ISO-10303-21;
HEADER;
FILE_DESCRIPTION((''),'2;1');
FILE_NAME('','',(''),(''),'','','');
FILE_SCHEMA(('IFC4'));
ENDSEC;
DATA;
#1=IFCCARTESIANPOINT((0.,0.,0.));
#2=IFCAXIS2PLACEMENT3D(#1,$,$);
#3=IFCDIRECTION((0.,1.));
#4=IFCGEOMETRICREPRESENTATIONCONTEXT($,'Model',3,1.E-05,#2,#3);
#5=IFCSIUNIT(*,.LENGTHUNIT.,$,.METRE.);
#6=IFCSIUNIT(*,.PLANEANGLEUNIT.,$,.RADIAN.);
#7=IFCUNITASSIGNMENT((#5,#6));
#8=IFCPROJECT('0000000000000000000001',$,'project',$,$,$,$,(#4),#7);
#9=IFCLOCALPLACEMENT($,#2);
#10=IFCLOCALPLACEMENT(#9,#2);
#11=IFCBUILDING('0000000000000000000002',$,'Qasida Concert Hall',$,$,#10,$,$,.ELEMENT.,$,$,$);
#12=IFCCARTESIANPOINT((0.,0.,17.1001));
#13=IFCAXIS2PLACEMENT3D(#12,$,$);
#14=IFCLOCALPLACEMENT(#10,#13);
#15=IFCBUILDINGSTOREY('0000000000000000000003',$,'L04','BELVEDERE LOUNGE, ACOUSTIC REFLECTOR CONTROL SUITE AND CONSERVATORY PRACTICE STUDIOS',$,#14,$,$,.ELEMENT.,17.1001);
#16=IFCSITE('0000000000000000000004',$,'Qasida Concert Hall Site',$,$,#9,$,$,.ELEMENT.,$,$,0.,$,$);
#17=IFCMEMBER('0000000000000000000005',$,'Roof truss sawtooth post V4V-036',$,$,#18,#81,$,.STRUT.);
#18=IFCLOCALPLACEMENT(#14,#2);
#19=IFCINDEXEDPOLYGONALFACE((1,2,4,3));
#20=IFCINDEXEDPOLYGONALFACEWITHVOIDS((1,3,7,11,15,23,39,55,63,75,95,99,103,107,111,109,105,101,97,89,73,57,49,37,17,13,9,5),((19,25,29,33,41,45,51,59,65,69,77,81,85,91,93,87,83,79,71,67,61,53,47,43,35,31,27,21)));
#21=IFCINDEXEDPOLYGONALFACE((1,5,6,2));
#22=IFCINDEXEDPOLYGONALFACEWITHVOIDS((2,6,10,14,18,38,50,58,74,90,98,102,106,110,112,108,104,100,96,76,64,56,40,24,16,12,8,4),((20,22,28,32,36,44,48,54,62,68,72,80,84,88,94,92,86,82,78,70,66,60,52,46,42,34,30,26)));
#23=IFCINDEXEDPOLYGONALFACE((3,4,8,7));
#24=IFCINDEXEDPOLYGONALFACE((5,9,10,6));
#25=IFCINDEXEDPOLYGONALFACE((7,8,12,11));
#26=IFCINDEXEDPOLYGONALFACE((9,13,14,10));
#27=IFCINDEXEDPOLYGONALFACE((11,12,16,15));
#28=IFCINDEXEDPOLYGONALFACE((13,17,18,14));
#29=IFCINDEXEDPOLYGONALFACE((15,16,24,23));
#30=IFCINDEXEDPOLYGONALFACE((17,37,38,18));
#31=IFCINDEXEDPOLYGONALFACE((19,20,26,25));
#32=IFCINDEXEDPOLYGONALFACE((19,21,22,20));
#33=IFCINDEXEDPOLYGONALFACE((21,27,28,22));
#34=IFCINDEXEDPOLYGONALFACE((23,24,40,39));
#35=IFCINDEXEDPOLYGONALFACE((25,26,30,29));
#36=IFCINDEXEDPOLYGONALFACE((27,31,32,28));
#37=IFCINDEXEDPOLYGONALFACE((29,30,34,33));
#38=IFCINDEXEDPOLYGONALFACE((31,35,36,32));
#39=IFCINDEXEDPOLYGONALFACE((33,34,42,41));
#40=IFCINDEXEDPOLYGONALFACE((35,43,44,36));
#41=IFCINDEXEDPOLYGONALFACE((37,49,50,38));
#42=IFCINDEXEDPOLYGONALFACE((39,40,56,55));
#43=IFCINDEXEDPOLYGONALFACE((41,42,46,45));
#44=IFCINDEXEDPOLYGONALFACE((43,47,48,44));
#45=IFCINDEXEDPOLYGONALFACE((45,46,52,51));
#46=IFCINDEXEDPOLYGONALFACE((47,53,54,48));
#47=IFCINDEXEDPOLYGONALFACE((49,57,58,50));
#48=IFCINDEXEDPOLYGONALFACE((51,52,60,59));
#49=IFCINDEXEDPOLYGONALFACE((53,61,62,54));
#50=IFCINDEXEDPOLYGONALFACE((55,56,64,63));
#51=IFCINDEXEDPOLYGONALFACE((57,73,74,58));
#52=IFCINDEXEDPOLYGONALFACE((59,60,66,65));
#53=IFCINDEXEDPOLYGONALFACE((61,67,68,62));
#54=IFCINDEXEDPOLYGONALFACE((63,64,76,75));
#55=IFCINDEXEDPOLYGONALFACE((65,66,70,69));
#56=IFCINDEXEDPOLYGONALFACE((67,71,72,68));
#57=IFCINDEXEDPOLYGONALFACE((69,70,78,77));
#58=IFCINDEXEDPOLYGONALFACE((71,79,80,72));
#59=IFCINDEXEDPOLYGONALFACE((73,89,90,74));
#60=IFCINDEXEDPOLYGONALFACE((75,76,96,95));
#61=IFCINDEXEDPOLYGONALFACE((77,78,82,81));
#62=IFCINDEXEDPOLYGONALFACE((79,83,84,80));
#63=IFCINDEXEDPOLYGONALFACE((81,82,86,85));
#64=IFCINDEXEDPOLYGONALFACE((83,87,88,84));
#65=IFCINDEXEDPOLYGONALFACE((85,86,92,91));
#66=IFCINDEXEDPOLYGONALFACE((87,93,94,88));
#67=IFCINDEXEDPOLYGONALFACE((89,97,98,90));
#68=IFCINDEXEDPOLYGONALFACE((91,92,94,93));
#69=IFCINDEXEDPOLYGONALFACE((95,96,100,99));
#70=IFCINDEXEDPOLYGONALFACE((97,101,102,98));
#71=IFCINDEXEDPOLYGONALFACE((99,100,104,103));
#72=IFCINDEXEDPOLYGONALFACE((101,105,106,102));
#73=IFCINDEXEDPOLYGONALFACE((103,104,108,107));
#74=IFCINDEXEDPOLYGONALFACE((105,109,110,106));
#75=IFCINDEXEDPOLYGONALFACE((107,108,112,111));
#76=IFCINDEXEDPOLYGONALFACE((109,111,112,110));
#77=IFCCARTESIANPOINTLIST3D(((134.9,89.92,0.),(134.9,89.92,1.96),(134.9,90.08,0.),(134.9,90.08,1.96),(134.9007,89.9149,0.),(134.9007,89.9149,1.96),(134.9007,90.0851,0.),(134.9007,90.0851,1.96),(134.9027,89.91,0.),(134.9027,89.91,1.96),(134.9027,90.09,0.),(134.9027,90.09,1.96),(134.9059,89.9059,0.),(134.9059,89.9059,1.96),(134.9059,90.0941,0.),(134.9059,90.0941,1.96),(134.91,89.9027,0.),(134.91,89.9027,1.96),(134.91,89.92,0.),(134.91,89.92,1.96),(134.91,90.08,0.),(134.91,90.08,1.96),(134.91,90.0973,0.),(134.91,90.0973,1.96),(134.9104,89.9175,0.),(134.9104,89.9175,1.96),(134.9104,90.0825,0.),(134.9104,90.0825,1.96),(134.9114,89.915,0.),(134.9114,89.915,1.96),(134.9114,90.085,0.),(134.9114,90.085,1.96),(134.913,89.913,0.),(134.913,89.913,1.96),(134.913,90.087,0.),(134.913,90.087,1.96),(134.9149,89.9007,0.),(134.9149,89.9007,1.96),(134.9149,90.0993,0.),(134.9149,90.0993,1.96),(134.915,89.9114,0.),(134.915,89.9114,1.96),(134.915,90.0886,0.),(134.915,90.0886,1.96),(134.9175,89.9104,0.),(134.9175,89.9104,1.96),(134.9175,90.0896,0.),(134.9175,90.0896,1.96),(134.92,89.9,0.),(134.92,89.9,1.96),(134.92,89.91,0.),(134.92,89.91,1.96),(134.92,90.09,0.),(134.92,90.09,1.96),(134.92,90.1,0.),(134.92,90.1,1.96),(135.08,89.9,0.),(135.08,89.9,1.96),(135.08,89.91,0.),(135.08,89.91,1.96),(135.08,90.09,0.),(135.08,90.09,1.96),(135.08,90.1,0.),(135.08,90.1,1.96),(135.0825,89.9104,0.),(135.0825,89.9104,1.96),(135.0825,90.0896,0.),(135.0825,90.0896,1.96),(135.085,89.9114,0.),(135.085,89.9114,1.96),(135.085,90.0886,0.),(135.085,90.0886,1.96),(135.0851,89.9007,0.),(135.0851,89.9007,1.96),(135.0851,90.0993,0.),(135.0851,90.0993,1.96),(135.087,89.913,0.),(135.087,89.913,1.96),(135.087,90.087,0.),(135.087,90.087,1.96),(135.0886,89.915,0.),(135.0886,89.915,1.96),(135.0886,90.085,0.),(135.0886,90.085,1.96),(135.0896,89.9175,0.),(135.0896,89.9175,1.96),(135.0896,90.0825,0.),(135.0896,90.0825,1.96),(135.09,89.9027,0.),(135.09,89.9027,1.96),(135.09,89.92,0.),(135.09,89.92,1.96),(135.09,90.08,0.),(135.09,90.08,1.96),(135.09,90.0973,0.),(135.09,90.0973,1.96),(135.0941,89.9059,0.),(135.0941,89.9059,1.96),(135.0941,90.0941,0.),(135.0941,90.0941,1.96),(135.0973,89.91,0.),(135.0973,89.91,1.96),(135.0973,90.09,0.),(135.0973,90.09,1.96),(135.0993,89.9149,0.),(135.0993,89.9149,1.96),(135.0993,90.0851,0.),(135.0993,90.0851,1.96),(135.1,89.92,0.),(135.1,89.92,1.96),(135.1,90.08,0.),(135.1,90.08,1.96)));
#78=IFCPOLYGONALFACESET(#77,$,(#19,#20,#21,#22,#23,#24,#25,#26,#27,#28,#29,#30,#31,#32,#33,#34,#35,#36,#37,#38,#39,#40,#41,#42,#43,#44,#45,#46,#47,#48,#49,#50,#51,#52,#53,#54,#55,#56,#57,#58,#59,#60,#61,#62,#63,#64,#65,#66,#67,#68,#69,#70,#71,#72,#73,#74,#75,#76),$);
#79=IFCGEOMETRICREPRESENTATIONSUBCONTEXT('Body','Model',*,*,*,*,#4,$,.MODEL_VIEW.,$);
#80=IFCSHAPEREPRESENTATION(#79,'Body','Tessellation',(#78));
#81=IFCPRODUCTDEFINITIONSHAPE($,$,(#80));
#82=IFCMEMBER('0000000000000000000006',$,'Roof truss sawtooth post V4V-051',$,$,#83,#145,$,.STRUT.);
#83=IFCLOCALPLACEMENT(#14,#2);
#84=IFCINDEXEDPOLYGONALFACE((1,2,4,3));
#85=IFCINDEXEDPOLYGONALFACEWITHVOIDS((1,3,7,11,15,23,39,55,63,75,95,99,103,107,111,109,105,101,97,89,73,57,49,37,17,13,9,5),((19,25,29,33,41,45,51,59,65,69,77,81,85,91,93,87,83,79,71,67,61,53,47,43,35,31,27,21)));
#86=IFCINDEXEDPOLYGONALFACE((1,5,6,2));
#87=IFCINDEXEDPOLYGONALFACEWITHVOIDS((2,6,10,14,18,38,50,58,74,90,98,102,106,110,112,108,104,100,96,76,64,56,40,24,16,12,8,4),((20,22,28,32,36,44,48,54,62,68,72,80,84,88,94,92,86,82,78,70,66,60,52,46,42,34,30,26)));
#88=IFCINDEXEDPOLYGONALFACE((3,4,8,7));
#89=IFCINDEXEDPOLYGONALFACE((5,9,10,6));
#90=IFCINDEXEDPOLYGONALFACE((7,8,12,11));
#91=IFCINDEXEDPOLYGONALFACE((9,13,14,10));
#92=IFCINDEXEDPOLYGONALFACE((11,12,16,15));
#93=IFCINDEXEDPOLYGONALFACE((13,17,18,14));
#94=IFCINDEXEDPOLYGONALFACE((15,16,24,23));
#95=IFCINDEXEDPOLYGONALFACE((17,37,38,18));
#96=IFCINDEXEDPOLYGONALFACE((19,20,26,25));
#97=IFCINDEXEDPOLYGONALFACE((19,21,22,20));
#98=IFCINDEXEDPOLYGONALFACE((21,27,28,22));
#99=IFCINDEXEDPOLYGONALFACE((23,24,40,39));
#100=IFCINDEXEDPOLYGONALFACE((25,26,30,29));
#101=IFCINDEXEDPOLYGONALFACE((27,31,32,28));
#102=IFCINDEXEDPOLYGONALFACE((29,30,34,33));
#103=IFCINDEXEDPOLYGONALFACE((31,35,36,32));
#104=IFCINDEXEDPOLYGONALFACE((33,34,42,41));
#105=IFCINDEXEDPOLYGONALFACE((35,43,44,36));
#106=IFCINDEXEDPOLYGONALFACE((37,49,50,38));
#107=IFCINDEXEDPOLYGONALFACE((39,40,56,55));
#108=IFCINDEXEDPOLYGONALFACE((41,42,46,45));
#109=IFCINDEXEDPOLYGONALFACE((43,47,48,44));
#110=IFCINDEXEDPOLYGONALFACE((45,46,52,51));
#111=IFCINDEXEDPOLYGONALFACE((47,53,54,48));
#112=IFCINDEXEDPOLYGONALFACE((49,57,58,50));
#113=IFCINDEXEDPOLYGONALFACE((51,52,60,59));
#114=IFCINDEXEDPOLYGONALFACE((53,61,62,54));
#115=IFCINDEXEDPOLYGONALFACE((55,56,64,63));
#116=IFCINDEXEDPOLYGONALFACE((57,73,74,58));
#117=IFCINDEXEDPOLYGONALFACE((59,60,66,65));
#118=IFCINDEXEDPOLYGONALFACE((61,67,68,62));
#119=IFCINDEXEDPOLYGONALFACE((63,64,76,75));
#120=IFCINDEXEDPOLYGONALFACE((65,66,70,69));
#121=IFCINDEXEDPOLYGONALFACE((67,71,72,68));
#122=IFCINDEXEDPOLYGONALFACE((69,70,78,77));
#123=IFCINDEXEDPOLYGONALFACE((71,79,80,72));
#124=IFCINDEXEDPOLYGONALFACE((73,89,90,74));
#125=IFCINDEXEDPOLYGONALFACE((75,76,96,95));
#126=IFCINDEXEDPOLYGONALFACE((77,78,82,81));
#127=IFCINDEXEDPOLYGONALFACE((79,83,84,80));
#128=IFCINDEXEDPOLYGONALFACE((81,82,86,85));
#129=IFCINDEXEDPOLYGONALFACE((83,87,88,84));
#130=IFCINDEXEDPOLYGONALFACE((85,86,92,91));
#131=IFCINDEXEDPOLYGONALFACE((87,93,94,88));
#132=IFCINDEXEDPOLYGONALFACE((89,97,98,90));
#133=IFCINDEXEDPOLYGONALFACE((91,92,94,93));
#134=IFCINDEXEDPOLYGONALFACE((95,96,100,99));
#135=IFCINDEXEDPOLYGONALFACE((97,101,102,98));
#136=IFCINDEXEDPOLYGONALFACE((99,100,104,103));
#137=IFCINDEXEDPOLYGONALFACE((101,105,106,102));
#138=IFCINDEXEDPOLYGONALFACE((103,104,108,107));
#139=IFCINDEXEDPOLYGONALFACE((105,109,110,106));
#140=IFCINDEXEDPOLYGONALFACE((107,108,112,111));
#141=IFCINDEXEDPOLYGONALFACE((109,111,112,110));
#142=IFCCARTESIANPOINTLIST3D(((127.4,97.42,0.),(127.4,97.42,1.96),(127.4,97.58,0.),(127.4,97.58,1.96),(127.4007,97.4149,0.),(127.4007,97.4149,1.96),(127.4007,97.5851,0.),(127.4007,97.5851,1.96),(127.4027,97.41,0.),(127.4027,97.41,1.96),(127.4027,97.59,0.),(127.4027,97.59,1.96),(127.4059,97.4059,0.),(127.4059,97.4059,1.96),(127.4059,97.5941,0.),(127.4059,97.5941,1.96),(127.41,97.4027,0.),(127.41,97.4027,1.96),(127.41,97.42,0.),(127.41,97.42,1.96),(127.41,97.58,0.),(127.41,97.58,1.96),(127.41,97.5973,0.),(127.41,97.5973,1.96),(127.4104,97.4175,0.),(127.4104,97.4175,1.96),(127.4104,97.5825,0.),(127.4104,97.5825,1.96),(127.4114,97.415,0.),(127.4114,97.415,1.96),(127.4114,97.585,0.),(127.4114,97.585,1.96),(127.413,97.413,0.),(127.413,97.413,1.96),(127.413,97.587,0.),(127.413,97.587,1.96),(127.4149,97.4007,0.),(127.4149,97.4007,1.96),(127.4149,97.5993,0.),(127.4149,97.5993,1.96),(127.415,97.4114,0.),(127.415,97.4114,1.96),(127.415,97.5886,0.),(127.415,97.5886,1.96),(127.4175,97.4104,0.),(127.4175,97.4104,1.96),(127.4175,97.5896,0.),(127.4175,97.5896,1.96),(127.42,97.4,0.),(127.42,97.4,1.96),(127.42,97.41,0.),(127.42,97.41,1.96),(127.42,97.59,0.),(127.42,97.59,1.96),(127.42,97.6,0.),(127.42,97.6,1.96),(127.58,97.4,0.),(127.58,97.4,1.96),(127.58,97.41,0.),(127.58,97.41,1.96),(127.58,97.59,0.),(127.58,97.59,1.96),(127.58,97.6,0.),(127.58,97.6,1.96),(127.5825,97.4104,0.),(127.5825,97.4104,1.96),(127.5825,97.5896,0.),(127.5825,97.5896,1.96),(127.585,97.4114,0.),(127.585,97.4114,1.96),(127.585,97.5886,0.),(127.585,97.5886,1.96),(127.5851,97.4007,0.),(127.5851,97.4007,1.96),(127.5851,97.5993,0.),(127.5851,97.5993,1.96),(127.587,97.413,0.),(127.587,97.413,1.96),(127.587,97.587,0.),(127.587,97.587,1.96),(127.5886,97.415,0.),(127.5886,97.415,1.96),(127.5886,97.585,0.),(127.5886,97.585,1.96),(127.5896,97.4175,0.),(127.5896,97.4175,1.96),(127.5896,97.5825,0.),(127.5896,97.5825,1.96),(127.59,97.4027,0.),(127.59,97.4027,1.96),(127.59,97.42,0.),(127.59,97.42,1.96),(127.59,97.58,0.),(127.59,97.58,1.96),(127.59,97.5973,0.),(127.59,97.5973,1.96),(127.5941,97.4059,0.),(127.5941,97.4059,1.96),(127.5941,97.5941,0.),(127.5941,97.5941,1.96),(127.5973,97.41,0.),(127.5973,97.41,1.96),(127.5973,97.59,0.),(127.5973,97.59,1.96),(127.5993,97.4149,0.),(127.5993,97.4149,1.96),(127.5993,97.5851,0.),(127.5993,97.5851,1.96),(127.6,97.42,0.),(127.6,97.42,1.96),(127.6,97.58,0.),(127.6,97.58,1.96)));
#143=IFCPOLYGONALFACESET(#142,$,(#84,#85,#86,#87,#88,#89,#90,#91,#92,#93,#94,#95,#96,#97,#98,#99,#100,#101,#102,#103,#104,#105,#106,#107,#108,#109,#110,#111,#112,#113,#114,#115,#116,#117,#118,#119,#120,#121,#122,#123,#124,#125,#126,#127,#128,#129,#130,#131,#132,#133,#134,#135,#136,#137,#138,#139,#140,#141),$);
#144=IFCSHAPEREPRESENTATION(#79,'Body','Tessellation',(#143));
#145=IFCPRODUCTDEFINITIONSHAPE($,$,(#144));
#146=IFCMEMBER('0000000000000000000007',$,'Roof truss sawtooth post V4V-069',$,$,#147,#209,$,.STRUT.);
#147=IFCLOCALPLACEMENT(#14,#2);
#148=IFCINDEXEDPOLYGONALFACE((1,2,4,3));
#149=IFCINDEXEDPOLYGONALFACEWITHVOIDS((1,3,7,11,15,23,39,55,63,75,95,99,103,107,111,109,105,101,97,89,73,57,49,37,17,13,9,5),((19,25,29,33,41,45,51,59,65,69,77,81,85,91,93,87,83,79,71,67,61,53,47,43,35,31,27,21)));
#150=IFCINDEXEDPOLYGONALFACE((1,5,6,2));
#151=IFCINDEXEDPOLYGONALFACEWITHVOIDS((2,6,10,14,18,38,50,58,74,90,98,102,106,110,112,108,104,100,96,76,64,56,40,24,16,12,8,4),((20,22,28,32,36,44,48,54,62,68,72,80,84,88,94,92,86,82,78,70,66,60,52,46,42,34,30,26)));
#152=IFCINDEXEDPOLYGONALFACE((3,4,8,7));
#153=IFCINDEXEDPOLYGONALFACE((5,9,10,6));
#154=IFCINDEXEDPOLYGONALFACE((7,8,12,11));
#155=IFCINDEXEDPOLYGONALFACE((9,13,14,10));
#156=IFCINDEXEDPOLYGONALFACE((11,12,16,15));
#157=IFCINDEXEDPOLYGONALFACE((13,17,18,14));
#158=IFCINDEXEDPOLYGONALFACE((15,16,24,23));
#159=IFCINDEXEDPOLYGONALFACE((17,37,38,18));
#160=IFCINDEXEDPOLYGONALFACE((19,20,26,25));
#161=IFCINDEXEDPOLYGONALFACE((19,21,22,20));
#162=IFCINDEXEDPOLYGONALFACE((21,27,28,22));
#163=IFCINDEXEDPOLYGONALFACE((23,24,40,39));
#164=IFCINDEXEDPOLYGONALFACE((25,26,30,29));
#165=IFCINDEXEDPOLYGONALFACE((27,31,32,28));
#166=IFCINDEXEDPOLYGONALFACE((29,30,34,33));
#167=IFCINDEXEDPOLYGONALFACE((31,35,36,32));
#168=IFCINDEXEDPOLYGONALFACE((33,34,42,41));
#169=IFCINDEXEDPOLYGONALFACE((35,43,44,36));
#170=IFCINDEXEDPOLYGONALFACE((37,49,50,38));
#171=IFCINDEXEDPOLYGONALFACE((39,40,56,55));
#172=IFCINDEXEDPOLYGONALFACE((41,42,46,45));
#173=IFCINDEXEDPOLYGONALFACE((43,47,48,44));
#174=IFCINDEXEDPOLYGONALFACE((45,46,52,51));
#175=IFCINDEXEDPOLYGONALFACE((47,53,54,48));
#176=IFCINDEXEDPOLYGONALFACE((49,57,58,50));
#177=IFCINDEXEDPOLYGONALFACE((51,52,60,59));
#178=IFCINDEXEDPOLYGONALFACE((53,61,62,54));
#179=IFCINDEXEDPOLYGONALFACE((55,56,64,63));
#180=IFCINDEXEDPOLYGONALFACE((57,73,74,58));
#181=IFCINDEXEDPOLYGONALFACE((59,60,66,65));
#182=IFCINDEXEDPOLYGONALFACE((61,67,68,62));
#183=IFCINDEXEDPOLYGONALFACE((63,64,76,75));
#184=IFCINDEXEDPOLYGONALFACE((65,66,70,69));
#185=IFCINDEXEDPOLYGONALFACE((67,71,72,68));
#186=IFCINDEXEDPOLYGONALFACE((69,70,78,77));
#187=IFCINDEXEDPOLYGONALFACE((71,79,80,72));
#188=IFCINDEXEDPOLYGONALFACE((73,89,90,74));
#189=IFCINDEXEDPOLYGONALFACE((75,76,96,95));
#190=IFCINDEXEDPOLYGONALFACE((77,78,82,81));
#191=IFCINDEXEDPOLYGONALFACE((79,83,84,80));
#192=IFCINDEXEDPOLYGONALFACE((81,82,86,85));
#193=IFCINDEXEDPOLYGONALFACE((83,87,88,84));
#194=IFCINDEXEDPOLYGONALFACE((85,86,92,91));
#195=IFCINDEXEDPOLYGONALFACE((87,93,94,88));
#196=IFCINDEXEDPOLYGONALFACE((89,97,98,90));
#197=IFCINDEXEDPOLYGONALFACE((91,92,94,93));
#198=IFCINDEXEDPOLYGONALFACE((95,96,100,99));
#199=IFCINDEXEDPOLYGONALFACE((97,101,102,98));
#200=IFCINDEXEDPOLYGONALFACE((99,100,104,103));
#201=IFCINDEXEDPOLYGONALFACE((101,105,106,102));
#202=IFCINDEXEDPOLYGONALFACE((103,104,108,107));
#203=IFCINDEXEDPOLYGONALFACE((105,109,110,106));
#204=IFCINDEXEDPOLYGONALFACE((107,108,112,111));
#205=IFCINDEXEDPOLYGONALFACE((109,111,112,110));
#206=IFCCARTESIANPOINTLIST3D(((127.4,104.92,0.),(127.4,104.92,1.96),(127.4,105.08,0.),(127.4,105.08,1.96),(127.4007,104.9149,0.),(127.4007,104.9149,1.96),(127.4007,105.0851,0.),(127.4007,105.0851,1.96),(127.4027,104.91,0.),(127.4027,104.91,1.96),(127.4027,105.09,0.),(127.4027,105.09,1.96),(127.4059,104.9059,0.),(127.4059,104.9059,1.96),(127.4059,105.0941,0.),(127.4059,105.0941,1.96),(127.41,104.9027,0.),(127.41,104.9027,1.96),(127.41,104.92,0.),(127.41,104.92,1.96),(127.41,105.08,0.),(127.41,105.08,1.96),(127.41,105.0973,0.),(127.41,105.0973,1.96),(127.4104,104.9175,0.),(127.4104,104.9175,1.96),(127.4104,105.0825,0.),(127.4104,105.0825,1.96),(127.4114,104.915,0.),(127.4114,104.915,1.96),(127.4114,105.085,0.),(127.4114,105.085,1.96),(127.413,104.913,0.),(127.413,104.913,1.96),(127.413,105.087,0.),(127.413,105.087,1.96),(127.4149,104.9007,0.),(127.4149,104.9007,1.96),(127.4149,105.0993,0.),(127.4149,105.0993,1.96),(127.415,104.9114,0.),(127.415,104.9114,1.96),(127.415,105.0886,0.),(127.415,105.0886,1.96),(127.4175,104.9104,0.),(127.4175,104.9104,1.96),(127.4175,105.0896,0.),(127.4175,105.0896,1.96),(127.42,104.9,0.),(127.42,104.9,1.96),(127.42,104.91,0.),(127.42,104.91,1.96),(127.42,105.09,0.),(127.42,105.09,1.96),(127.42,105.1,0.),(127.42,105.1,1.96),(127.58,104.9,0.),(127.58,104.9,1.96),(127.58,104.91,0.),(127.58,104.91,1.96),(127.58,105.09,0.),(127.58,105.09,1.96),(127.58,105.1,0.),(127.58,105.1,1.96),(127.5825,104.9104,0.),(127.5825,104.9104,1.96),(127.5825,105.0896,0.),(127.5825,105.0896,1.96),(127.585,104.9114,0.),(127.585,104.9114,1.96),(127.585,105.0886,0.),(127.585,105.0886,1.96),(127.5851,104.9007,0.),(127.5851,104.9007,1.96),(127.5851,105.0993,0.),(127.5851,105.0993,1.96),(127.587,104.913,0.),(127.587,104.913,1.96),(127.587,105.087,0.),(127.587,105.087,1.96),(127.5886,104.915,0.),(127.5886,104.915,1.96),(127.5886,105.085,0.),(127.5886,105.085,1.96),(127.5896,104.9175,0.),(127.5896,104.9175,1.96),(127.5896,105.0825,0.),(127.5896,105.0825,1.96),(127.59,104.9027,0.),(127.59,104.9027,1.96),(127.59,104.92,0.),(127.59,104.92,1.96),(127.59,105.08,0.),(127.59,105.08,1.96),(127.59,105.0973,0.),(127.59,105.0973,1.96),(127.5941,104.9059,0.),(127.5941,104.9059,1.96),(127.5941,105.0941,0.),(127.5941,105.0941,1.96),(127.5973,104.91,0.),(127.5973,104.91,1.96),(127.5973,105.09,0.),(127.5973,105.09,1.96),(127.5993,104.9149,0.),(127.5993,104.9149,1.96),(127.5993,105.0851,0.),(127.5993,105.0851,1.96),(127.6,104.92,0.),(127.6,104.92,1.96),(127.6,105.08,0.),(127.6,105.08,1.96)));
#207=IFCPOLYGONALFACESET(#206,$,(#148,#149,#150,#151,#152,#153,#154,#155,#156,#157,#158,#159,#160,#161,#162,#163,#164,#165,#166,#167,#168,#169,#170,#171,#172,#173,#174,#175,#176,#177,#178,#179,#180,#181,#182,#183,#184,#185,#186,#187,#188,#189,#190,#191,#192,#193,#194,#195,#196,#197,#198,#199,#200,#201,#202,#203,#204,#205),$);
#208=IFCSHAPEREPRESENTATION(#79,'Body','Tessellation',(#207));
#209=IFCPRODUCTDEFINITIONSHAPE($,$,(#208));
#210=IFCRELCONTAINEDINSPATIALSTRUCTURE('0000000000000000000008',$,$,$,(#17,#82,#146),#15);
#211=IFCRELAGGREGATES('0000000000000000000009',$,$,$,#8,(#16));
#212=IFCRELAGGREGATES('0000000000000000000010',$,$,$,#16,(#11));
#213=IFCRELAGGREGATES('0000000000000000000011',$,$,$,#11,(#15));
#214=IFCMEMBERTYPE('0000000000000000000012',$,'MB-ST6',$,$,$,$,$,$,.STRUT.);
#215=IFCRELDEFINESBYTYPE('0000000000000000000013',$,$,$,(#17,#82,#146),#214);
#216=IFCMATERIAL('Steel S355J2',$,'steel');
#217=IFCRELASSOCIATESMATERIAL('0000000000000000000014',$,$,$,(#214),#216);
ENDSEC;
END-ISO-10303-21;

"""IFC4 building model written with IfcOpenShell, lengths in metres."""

from ifc_helpers import new_model, si_unit, direction, frame, origin, origin_2d, place, context, subcontext, project, spatial, hollow_rectangle, extrude, material, material_profile, profile_set, type_object, element, save


model = new_model("IFC4")

# Units and contexts
model_context = context("Model", 3, precision=1e-05, world=origin(), true_north=direction((0.0, 1.0)))
body_context = subcontext(model_context, "Body", "Model", "MODEL_VIEW")
ifc_project = project(units=[si_unit("LENGTHUNIT", "METRE"), si_unit("PLANEANGLEUNIT", "RADIAN")], contexts=[model_context])

# Site, building, storey
site_placement = place(None, origin())
site = spatial("IfcSite", under=ifc_project, at=site_placement, Name="Qasida Concert Hall Site", CompositionType="ELEMENT", RefElevation=0.0)
building_placement = place(site_placement, origin())
building = spatial("IfcBuilding", under=site, at=building_placement, Name="Qasida Concert Hall", CompositionType="ELEMENT")
storey_placement = place(building_placement, frame((0.0, 0.0, 17.1001)))
storey = spatial("IfcBuildingStorey", under=building, at=storey_placement, Name="L04", Description="BELVEDERE LOUNGE, ACOUSTIC REFLECTOR CONTROL SUITE AND CONSERVATORY PRACTICE STUDIOS", CompositionType="ELEMENT", Elevation=17.1001)

# Members
ifc_material_1 = material(Name="Steel S355J2", Category="steel")
ifc_material_profile_1 = material_profile(ifc_material_1, hollow_rectangle(XDim=0.2, YDim=0.2, WallThickness=0.01, InnerFilletRadius=0.01, OuterFilletRadius=0.02, at=origin_2d()), Name="SHS 200x200x10")
ifc_profile_set_1 = profile_set([ifc_material_profile_1], Name="Steel S355J2")
member_type_1 = type_object("IfcMemberType", Name="MB-ST6", PredefinedType="STRUT", material=ifc_profile_set_1)
for number, where, z_axis, x_axis, name in (
    (1, (135.0, 90.0, 0.0), (0.0, 0.0, 1.0), (1.0, 0.0, 0.0), "Roof truss sawtooth post V4V-036"),
    (2, (127.5, 97.5, 0.0), (0.0, 0.0, 1.0), (1.0, 0.0, 0.0), "Roof truss sawtooth post V4V-051"),
    (3, (127.5, 105.0, 0.0), (0.0, 0.0, 1.0), (1.0, 0.0, 0.0), "Roof truss sawtooth post V4V-069"),
):
    element("IfcMember", number, at=place(storey_placement, frame(where, z_axis=z_axis, x_axis=x_axis)), inside=storey, type_object=member_type_1, Name=name, PredefinedType="STRUT", context=body_context, shape_type="SweptSolid", body=[
        extrude(hollow_rectangle(XDim=0.2, YDim=0.2, WallThickness=0.01, InnerFilletRadius=0.01, OuterFilletRadius=0.02, at=origin_2d()), origin(), (0.0, 0.0, 1.0), 1.96),
    ])

save(model, "model.ifc")
